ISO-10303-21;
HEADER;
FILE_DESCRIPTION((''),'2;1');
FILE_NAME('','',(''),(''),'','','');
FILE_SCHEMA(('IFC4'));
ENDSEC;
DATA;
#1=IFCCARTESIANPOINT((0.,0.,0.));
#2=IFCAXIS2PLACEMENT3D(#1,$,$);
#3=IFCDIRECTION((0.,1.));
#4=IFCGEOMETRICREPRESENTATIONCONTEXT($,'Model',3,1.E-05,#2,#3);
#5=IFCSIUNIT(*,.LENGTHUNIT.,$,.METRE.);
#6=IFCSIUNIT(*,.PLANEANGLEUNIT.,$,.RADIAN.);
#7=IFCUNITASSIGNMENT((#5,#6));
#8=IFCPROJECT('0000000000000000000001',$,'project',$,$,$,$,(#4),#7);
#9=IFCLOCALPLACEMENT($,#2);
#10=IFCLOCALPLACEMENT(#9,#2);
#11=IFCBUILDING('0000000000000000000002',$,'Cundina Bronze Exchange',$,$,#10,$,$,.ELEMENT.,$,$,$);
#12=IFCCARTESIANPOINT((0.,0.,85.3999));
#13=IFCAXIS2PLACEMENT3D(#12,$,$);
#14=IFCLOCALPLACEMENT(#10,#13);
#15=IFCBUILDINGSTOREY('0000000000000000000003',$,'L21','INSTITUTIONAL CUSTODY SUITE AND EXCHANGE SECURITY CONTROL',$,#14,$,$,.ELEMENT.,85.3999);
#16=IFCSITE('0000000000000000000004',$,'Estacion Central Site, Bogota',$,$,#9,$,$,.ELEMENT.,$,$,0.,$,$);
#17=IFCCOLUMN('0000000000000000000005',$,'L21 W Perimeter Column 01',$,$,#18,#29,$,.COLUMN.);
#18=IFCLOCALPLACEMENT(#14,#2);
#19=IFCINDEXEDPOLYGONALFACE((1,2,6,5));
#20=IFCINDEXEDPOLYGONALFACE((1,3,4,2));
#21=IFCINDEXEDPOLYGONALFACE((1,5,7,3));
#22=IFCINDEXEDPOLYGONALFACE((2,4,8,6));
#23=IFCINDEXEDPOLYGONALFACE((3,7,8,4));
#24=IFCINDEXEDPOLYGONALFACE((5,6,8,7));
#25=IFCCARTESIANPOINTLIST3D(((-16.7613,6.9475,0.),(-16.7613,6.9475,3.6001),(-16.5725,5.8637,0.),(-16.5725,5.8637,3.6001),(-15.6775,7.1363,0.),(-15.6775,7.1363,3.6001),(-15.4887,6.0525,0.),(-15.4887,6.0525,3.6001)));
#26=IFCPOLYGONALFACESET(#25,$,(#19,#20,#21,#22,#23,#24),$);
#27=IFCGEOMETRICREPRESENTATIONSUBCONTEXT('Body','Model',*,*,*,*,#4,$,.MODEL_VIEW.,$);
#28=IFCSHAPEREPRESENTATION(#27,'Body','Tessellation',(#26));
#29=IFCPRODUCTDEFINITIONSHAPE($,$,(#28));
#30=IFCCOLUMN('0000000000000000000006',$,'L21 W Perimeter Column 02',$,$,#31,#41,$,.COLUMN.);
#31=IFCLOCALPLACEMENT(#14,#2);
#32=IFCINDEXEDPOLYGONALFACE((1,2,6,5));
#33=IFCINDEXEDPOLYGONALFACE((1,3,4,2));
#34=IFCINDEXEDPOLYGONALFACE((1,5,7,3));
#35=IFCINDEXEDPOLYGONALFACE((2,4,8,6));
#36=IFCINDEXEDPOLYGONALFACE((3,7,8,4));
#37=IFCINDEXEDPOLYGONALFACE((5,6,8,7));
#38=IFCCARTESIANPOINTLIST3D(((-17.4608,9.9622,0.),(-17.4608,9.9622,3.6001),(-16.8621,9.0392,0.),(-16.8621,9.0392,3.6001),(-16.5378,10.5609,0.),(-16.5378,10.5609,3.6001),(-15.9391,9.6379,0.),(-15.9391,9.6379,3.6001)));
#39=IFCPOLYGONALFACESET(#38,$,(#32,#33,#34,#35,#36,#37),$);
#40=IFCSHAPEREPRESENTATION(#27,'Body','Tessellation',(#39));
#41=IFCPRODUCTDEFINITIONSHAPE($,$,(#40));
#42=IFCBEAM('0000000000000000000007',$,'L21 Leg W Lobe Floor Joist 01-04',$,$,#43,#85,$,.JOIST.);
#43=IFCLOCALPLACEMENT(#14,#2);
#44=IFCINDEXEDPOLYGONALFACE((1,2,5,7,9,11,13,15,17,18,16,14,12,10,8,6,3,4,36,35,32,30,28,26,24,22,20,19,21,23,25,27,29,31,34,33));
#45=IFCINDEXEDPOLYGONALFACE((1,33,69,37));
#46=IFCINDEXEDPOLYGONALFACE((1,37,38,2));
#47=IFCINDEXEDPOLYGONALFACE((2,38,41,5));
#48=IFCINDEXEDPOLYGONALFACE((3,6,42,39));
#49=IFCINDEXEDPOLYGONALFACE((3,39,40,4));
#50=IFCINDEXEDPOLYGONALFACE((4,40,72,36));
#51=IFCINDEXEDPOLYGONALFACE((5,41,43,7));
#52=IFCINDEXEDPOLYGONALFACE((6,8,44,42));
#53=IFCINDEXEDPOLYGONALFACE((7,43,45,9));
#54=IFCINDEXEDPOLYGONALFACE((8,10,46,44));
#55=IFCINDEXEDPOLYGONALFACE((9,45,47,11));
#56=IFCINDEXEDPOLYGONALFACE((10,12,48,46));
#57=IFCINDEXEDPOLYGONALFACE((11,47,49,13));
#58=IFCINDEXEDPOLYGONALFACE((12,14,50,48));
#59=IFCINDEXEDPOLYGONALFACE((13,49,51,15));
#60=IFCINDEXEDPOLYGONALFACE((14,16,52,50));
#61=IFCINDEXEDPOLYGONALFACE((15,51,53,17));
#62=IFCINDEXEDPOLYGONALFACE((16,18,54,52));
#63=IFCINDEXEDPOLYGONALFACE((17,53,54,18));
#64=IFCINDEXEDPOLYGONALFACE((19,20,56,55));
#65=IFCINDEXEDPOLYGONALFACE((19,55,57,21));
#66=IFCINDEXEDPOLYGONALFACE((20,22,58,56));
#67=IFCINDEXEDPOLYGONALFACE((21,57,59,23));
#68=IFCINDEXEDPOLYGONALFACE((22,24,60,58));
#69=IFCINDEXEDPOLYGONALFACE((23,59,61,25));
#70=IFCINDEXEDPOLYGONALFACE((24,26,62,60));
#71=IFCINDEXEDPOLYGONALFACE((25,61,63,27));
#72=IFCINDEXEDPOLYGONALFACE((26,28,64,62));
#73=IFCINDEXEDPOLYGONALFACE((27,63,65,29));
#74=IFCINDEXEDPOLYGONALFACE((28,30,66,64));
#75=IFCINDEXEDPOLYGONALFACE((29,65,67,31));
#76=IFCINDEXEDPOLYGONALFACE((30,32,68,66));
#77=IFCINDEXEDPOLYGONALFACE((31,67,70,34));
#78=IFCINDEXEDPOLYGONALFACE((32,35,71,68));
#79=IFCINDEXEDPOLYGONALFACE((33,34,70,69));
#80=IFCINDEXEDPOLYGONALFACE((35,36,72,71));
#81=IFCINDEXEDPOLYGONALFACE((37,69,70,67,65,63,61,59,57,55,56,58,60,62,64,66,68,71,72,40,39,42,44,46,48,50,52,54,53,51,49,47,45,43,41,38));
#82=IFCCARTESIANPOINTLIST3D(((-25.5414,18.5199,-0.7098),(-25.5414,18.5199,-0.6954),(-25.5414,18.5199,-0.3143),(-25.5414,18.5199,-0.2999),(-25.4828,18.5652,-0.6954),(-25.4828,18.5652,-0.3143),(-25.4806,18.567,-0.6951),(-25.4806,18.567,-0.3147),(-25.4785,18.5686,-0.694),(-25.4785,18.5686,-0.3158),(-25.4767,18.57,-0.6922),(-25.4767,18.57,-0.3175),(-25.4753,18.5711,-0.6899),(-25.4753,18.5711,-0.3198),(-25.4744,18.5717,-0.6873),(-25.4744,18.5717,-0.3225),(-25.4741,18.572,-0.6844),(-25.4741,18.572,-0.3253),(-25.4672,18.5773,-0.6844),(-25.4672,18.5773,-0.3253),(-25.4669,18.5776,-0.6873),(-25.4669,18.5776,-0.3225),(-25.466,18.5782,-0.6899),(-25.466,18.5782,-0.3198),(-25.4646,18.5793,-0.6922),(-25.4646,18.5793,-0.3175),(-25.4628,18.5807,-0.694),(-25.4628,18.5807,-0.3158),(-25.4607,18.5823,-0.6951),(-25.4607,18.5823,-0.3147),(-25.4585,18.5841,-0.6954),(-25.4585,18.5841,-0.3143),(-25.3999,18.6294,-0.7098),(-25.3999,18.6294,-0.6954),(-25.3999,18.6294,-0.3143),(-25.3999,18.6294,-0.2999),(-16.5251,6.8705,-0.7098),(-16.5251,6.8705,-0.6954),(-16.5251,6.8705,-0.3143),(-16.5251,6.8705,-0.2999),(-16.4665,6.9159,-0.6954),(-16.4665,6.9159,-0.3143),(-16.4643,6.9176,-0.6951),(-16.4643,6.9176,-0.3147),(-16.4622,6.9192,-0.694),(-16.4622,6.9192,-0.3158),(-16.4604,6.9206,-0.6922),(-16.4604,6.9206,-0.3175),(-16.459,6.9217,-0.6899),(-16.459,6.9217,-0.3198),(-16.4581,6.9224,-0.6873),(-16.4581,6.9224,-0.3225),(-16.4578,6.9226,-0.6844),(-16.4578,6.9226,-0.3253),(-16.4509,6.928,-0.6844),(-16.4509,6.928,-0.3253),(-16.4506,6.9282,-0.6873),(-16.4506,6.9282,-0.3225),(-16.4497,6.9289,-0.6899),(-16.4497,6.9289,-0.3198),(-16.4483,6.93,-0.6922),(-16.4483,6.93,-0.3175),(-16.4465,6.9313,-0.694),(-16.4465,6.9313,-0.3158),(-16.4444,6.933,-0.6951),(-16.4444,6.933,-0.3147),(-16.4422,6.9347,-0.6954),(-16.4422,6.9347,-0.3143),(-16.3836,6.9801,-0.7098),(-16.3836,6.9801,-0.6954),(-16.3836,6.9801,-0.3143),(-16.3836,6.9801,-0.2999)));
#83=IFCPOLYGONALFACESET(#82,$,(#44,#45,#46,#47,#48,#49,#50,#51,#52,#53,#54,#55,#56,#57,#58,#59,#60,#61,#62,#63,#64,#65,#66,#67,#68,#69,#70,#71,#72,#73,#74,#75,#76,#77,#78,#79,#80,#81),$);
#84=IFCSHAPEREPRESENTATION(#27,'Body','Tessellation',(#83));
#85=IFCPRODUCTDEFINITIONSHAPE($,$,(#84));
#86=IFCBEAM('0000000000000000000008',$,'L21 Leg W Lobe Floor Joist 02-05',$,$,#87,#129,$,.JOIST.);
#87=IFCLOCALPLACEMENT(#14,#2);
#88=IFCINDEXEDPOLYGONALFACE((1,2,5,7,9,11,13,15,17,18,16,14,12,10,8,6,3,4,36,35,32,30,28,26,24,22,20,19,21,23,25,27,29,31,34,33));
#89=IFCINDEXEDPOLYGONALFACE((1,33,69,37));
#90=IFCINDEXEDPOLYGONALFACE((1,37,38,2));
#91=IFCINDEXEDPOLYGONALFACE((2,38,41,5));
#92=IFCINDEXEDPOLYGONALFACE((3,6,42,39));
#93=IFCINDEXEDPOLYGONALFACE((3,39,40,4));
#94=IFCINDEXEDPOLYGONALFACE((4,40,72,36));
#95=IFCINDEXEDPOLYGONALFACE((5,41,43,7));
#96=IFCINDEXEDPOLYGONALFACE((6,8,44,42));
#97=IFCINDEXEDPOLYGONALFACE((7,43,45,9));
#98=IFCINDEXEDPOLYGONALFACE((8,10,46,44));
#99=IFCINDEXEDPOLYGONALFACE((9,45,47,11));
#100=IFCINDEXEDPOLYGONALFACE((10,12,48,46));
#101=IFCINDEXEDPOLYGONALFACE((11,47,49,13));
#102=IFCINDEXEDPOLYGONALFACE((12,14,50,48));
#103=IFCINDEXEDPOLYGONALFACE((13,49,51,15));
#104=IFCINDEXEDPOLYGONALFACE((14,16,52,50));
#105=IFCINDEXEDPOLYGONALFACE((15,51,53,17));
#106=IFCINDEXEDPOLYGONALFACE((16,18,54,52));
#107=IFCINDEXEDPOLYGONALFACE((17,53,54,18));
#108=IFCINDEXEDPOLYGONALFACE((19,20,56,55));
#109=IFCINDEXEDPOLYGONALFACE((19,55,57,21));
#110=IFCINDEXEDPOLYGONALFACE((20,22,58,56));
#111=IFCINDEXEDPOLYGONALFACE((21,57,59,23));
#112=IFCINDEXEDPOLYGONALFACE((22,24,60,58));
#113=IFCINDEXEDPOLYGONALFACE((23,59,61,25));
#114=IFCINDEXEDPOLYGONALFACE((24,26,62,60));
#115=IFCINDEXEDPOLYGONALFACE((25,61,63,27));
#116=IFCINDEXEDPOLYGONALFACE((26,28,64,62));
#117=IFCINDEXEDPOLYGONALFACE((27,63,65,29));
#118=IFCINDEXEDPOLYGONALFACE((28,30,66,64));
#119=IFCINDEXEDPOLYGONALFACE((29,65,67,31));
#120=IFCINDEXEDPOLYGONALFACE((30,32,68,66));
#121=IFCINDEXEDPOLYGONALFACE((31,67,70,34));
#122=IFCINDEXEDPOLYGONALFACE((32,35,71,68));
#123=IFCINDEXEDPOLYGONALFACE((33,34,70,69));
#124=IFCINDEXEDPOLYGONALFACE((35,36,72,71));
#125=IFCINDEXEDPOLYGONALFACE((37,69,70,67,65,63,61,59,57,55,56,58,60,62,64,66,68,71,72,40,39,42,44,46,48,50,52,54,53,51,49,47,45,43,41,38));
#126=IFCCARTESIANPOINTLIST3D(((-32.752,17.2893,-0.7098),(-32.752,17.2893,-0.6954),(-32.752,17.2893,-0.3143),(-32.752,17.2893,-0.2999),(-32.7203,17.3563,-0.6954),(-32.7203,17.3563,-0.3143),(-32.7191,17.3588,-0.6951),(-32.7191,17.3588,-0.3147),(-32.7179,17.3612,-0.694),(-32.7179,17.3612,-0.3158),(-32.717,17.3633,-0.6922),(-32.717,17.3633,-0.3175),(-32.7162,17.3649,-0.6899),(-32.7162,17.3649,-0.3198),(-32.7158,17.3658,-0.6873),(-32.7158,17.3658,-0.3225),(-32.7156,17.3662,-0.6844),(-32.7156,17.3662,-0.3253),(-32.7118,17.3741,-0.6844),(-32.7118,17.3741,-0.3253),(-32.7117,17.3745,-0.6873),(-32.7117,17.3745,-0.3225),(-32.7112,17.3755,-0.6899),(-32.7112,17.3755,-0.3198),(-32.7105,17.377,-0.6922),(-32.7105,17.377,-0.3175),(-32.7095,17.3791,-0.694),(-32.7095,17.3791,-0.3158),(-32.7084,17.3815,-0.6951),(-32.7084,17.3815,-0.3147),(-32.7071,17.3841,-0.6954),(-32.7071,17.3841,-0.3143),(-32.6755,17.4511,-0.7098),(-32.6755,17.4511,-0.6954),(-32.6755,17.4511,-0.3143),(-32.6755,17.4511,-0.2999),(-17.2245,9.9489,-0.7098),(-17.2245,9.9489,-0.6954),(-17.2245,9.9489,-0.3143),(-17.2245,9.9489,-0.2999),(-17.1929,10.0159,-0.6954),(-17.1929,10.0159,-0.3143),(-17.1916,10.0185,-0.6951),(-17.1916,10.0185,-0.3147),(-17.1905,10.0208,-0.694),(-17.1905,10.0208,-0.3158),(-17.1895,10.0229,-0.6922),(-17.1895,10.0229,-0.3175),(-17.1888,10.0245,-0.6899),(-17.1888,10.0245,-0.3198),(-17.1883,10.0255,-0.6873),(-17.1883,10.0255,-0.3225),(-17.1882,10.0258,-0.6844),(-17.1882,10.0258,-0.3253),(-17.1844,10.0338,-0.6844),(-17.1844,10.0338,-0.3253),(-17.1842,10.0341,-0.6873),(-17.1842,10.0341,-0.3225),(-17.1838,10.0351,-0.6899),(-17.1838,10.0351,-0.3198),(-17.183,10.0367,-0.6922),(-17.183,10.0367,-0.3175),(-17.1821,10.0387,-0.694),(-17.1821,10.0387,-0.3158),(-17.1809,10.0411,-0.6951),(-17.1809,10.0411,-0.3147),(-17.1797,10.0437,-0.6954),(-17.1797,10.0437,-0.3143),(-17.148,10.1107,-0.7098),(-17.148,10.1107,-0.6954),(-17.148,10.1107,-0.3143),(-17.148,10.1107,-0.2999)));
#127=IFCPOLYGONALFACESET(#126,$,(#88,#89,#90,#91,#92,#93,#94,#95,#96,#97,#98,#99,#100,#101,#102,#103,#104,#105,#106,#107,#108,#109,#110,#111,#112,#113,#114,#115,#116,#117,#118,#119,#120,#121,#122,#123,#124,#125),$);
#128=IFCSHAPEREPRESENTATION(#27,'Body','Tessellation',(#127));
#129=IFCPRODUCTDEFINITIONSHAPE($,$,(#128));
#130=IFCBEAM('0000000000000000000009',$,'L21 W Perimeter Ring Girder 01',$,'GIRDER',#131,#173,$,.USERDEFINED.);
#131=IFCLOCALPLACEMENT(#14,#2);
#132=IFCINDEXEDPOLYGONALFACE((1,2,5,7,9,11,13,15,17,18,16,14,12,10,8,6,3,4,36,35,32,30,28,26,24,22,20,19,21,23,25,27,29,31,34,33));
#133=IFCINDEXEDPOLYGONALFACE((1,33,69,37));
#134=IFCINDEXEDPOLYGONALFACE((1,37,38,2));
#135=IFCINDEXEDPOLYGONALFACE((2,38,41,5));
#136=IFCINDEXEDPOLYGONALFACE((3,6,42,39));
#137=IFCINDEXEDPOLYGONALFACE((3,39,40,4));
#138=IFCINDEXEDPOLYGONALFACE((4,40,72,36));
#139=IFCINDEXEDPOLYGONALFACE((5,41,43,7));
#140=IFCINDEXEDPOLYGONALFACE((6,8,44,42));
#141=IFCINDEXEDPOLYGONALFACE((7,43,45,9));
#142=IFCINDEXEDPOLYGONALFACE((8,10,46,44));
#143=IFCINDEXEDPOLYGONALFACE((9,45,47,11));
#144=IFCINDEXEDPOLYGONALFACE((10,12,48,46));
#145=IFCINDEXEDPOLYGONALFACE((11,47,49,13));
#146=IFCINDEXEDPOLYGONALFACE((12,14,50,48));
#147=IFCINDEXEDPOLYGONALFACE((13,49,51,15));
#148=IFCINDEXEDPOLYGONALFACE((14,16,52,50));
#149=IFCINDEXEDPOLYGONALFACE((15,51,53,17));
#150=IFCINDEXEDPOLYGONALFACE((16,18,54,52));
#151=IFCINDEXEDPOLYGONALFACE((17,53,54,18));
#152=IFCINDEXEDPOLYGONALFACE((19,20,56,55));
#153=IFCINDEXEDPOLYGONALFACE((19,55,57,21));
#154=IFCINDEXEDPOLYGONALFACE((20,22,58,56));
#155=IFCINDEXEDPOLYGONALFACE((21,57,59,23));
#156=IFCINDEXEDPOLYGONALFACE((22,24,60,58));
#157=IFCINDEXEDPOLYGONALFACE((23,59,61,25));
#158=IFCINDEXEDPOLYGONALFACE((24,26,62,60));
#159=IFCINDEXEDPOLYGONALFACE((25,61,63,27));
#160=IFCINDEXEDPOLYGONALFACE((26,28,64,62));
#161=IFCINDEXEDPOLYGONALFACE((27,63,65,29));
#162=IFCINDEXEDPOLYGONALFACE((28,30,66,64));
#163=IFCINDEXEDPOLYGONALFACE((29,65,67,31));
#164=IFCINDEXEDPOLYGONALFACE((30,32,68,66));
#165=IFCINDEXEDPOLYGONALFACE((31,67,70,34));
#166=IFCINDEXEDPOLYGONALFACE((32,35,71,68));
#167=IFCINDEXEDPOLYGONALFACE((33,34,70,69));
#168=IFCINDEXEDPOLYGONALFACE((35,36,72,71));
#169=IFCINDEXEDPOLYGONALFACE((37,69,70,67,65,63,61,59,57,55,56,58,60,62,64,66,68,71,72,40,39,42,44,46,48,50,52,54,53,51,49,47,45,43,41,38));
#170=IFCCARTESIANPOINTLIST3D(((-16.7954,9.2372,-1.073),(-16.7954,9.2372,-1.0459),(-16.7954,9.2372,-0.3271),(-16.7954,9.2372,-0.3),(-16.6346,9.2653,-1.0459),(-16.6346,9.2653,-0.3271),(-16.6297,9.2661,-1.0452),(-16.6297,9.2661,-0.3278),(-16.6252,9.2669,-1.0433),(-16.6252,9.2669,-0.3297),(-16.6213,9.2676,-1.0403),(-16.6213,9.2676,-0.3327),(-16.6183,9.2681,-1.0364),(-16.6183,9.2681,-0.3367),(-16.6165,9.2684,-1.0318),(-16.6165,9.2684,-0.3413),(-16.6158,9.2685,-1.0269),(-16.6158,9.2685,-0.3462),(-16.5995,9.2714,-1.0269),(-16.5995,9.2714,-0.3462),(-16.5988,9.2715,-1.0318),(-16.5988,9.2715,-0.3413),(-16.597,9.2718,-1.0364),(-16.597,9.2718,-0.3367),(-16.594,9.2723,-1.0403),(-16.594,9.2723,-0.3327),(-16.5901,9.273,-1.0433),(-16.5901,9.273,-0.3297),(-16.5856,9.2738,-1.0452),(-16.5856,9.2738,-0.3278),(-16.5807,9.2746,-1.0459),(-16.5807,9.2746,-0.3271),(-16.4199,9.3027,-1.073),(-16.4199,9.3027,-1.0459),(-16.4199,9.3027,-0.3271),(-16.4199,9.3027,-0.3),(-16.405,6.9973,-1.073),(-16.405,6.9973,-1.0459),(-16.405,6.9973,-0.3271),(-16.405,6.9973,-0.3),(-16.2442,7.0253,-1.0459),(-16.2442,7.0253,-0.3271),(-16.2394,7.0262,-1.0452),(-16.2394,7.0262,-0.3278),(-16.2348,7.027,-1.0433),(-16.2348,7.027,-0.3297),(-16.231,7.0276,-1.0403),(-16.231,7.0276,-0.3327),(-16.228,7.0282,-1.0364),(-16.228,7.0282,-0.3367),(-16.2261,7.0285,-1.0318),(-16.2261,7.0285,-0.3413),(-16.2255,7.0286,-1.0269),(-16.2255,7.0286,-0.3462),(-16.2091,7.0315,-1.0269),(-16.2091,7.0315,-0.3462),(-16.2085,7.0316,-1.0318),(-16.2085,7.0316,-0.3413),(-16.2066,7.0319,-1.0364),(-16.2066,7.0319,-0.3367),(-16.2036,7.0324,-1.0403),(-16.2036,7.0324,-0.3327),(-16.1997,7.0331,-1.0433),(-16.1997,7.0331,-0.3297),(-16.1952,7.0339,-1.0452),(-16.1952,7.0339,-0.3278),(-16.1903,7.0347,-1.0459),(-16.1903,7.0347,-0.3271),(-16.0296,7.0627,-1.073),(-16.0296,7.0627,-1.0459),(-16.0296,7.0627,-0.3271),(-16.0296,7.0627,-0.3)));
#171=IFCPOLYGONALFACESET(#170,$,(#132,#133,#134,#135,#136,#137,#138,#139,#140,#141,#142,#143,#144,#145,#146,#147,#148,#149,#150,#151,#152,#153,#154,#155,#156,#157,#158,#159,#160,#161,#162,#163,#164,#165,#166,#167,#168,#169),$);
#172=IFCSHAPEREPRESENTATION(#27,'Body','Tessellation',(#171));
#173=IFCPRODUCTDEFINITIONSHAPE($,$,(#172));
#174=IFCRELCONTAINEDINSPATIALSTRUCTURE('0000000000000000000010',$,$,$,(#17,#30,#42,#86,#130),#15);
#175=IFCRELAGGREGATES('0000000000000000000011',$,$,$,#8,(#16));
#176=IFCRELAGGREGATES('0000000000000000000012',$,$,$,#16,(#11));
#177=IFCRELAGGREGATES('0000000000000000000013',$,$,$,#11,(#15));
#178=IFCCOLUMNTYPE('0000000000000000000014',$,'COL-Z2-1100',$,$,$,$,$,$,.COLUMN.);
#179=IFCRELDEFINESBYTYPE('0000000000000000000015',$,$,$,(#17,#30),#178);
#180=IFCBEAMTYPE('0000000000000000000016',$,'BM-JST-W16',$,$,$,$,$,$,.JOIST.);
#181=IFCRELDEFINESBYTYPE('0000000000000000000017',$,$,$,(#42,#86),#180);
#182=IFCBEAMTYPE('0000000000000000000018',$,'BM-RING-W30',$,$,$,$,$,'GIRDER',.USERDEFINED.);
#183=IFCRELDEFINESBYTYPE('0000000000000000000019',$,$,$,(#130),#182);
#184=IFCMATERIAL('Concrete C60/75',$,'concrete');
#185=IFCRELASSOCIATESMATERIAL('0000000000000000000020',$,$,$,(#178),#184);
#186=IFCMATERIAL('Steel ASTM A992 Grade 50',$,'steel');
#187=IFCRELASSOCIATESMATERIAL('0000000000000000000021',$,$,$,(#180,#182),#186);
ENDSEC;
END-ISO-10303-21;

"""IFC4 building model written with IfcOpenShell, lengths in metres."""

from ifc_helpers import new_model, si_unit, direction, frame, origin, origin_2d, place, context, subcontext, project, spatial, rectangle, i_section, extrude, material, material_profile, profile_set, type_object, element, save


model = new_model("IFC4")

# Units and contexts
model_context = context("Model", 3, precision=1e-05, world=origin(), true_north=direction((0.0, 1.0)))
body_context = subcontext(model_context, "Body", "Model", "MODEL_VIEW")
ifc_project = project(units=[si_unit("LENGTHUNIT", "METRE"), si_unit("PLANEANGLEUNIT", "RADIAN")], contexts=[model_context])

# Site, building, storey
site_placement = place(None, origin())
site = spatial("IfcSite", under=ifc_project, at=site_placement, Name="Estacion Central Site, Bogota", CompositionType="ELEMENT", RefElevation=0.0)
building_placement = place(site_placement, origin())
building = spatial("IfcBuilding", under=site, at=building_placement, Name="Cundina Bronze Exchange", CompositionType="ELEMENT")
storey_placement = place(building_placement, frame((0.0, 0.0, 85.3999)))
storey = spatial("IfcBuildingStorey", under=building, at=storey_placement, Name="L21", Description="INSTITUTIONAL CUSTODY SUITE AND EXCHANGE SECURITY CONTROL", CompositionType="ELEMENT", Elevation=85.3999)

# Columns
ifc_material_1 = material(Name="Concrete C60/75", Category="concrete")
ifc_material_profile_1 = material_profile(ifc_material_1, rectangle(XDim=1.1001, YDim=1.1001, at=origin_2d()), Name="RC1100X1100", Category="concrete")
ifc_profile_set_1 = profile_set([ifc_material_profile_1], Name="Concrete C60/75")
column_type = type_object("IfcColumnType", Name="COL-Z2-1100", PredefinedType="COLUMN", material=ifc_profile_set_1)
for number, where, z_axis, x_axis, name in (
    (1, (-16.125, 6.5, 0.0), (0.0, 0.0, 1.0), (-0.171585, 0.985169, 0.0), "L21 W Perimeter Column 01"),
    (2, (-16.7, 9.8, 0.0), (0.0, 0.0, 1.0), (-0.5442, 0.838956, 0.0), "L21 W Perimeter Column 02"),
):
    element("IfcColumn", number, at=place(storey_placement, frame(where, z_axis=z_axis, x_axis=x_axis)), inside=storey, type_object=column_type, Name=name, PredefinedType="COLUMN", context=body_context, shape_type="SweptSolid", body=[
        extrude(rectangle(XDim=1.1001, YDim=1.1001, at=origin_2d()), origin(), (0.0, 0.0, 1.0), 3.6001),
    ])

# Beams
ifc_material_2 = material(Name="Steel ASTM A992 Grade 50", Category="steel")
ifc_material_profile_2 = material_profile(ifc_material_2, i_section(OverallWidth=0.179, OverallDepth=0.4099, WebThickness=0.0088, FlangeThickness=0.0144, FilletRadius=0.011, at=origin_2d()), Name="W16X45", Category="steel")
ifc_profile_set_2 = profile_set([ifc_material_profile_2], Name="Steel ASTM A992 Grade 50")
beam_type_1 = type_object("IfcBeamType", Name="BM-JST-W16", PredefinedType="JOIST", material=ifc_profile_set_2)
beam_1_placement = place(storey_placement, frame((-16.4543, 6.9253, -0.5049), z_axis=(-0.612065, 0.790807, 0.0), x_axis=(-0.790807, -0.612065, 0.0)))
element("IfcBeam", 3, at=beam_1_placement, inside=storey, type_object=beam_type_1, Name="L21 Leg W Lobe Floor Joist 01-04", PredefinedType="JOIST", context=body_context, shape_type="SweptSolid", body=[
    extrude(i_section(OverallWidth=0.179, OverallDepth=0.4099, WebThickness=0.0088, FlangeThickness=0.0144, FilletRadius=0.011, at=origin_2d()), origin(), (0.0, 0.0, 1.0), 14.731),
])
beam_2_placement = place(storey_placement, frame((-17.1863, 10.0298, -0.5049), z_axis=(-0.904069, 0.427386, 0.0), x_axis=(-0.427386, -0.904069, 0.0)))
element("IfcBeam", 4, at=beam_2_placement, inside=storey, type_object=beam_type_1, Name="L21 Leg W Lobe Floor Joist 02-05", PredefinedType="JOIST", context=body_context, shape_type="SweptSolid", body=[
    extrude(i_section(OverallWidth=0.179, OverallDepth=0.4099, WebThickness=0.0088, FlangeThickness=0.0144, FilletRadius=0.011, at=origin_2d()), origin(), (0.0, 0.0, 1.0), 17.175),
])
ifc_material_profile_3 = material_profile(ifc_material_2, i_section(OverallWidth=0.3811, OverallDepth=0.7729, WebThickness=0.0166, FlangeThickness=0.0271, FilletRadius=0.019, at=origin_2d()), Name="W30X173", Category="steel")
ifc_profile_set_3 = profile_set([ifc_material_profile_3], Name="Steel ASTM A992 Grade 50")
beam_type_2 = type_object("IfcBeamType", Name="BM-RING-W30", ElementType="GIRDER", PredefinedType="USERDEFINED", material=ifc_profile_set_3)
beam_3_placement = place(storey_placement, frame((-16.2173, 7.03, -0.6865), z_axis=(-0.17169, 0.985151, 0.0), x_axis=(-0.985151, -0.17169, 0.0)))
element("IfcBeam", 5, at=beam_3_placement, inside=storey, type_object=beam_type_2, Name="L21 W Perimeter Ring Girder 01", ObjectType="GIRDER", PredefinedType="USERDEFINED", context=body_context, shape_type="SweptSolid", body=[
    extrude(i_section(OverallWidth=0.3811, OverallDepth=0.7729, WebThickness=0.0166, FlangeThickness=0.0271, FilletRadius=0.019, at=origin_2d()), origin(), (0.0, 0.0, 1.0), 2.2737),
])

save(model, "model.ifc")
